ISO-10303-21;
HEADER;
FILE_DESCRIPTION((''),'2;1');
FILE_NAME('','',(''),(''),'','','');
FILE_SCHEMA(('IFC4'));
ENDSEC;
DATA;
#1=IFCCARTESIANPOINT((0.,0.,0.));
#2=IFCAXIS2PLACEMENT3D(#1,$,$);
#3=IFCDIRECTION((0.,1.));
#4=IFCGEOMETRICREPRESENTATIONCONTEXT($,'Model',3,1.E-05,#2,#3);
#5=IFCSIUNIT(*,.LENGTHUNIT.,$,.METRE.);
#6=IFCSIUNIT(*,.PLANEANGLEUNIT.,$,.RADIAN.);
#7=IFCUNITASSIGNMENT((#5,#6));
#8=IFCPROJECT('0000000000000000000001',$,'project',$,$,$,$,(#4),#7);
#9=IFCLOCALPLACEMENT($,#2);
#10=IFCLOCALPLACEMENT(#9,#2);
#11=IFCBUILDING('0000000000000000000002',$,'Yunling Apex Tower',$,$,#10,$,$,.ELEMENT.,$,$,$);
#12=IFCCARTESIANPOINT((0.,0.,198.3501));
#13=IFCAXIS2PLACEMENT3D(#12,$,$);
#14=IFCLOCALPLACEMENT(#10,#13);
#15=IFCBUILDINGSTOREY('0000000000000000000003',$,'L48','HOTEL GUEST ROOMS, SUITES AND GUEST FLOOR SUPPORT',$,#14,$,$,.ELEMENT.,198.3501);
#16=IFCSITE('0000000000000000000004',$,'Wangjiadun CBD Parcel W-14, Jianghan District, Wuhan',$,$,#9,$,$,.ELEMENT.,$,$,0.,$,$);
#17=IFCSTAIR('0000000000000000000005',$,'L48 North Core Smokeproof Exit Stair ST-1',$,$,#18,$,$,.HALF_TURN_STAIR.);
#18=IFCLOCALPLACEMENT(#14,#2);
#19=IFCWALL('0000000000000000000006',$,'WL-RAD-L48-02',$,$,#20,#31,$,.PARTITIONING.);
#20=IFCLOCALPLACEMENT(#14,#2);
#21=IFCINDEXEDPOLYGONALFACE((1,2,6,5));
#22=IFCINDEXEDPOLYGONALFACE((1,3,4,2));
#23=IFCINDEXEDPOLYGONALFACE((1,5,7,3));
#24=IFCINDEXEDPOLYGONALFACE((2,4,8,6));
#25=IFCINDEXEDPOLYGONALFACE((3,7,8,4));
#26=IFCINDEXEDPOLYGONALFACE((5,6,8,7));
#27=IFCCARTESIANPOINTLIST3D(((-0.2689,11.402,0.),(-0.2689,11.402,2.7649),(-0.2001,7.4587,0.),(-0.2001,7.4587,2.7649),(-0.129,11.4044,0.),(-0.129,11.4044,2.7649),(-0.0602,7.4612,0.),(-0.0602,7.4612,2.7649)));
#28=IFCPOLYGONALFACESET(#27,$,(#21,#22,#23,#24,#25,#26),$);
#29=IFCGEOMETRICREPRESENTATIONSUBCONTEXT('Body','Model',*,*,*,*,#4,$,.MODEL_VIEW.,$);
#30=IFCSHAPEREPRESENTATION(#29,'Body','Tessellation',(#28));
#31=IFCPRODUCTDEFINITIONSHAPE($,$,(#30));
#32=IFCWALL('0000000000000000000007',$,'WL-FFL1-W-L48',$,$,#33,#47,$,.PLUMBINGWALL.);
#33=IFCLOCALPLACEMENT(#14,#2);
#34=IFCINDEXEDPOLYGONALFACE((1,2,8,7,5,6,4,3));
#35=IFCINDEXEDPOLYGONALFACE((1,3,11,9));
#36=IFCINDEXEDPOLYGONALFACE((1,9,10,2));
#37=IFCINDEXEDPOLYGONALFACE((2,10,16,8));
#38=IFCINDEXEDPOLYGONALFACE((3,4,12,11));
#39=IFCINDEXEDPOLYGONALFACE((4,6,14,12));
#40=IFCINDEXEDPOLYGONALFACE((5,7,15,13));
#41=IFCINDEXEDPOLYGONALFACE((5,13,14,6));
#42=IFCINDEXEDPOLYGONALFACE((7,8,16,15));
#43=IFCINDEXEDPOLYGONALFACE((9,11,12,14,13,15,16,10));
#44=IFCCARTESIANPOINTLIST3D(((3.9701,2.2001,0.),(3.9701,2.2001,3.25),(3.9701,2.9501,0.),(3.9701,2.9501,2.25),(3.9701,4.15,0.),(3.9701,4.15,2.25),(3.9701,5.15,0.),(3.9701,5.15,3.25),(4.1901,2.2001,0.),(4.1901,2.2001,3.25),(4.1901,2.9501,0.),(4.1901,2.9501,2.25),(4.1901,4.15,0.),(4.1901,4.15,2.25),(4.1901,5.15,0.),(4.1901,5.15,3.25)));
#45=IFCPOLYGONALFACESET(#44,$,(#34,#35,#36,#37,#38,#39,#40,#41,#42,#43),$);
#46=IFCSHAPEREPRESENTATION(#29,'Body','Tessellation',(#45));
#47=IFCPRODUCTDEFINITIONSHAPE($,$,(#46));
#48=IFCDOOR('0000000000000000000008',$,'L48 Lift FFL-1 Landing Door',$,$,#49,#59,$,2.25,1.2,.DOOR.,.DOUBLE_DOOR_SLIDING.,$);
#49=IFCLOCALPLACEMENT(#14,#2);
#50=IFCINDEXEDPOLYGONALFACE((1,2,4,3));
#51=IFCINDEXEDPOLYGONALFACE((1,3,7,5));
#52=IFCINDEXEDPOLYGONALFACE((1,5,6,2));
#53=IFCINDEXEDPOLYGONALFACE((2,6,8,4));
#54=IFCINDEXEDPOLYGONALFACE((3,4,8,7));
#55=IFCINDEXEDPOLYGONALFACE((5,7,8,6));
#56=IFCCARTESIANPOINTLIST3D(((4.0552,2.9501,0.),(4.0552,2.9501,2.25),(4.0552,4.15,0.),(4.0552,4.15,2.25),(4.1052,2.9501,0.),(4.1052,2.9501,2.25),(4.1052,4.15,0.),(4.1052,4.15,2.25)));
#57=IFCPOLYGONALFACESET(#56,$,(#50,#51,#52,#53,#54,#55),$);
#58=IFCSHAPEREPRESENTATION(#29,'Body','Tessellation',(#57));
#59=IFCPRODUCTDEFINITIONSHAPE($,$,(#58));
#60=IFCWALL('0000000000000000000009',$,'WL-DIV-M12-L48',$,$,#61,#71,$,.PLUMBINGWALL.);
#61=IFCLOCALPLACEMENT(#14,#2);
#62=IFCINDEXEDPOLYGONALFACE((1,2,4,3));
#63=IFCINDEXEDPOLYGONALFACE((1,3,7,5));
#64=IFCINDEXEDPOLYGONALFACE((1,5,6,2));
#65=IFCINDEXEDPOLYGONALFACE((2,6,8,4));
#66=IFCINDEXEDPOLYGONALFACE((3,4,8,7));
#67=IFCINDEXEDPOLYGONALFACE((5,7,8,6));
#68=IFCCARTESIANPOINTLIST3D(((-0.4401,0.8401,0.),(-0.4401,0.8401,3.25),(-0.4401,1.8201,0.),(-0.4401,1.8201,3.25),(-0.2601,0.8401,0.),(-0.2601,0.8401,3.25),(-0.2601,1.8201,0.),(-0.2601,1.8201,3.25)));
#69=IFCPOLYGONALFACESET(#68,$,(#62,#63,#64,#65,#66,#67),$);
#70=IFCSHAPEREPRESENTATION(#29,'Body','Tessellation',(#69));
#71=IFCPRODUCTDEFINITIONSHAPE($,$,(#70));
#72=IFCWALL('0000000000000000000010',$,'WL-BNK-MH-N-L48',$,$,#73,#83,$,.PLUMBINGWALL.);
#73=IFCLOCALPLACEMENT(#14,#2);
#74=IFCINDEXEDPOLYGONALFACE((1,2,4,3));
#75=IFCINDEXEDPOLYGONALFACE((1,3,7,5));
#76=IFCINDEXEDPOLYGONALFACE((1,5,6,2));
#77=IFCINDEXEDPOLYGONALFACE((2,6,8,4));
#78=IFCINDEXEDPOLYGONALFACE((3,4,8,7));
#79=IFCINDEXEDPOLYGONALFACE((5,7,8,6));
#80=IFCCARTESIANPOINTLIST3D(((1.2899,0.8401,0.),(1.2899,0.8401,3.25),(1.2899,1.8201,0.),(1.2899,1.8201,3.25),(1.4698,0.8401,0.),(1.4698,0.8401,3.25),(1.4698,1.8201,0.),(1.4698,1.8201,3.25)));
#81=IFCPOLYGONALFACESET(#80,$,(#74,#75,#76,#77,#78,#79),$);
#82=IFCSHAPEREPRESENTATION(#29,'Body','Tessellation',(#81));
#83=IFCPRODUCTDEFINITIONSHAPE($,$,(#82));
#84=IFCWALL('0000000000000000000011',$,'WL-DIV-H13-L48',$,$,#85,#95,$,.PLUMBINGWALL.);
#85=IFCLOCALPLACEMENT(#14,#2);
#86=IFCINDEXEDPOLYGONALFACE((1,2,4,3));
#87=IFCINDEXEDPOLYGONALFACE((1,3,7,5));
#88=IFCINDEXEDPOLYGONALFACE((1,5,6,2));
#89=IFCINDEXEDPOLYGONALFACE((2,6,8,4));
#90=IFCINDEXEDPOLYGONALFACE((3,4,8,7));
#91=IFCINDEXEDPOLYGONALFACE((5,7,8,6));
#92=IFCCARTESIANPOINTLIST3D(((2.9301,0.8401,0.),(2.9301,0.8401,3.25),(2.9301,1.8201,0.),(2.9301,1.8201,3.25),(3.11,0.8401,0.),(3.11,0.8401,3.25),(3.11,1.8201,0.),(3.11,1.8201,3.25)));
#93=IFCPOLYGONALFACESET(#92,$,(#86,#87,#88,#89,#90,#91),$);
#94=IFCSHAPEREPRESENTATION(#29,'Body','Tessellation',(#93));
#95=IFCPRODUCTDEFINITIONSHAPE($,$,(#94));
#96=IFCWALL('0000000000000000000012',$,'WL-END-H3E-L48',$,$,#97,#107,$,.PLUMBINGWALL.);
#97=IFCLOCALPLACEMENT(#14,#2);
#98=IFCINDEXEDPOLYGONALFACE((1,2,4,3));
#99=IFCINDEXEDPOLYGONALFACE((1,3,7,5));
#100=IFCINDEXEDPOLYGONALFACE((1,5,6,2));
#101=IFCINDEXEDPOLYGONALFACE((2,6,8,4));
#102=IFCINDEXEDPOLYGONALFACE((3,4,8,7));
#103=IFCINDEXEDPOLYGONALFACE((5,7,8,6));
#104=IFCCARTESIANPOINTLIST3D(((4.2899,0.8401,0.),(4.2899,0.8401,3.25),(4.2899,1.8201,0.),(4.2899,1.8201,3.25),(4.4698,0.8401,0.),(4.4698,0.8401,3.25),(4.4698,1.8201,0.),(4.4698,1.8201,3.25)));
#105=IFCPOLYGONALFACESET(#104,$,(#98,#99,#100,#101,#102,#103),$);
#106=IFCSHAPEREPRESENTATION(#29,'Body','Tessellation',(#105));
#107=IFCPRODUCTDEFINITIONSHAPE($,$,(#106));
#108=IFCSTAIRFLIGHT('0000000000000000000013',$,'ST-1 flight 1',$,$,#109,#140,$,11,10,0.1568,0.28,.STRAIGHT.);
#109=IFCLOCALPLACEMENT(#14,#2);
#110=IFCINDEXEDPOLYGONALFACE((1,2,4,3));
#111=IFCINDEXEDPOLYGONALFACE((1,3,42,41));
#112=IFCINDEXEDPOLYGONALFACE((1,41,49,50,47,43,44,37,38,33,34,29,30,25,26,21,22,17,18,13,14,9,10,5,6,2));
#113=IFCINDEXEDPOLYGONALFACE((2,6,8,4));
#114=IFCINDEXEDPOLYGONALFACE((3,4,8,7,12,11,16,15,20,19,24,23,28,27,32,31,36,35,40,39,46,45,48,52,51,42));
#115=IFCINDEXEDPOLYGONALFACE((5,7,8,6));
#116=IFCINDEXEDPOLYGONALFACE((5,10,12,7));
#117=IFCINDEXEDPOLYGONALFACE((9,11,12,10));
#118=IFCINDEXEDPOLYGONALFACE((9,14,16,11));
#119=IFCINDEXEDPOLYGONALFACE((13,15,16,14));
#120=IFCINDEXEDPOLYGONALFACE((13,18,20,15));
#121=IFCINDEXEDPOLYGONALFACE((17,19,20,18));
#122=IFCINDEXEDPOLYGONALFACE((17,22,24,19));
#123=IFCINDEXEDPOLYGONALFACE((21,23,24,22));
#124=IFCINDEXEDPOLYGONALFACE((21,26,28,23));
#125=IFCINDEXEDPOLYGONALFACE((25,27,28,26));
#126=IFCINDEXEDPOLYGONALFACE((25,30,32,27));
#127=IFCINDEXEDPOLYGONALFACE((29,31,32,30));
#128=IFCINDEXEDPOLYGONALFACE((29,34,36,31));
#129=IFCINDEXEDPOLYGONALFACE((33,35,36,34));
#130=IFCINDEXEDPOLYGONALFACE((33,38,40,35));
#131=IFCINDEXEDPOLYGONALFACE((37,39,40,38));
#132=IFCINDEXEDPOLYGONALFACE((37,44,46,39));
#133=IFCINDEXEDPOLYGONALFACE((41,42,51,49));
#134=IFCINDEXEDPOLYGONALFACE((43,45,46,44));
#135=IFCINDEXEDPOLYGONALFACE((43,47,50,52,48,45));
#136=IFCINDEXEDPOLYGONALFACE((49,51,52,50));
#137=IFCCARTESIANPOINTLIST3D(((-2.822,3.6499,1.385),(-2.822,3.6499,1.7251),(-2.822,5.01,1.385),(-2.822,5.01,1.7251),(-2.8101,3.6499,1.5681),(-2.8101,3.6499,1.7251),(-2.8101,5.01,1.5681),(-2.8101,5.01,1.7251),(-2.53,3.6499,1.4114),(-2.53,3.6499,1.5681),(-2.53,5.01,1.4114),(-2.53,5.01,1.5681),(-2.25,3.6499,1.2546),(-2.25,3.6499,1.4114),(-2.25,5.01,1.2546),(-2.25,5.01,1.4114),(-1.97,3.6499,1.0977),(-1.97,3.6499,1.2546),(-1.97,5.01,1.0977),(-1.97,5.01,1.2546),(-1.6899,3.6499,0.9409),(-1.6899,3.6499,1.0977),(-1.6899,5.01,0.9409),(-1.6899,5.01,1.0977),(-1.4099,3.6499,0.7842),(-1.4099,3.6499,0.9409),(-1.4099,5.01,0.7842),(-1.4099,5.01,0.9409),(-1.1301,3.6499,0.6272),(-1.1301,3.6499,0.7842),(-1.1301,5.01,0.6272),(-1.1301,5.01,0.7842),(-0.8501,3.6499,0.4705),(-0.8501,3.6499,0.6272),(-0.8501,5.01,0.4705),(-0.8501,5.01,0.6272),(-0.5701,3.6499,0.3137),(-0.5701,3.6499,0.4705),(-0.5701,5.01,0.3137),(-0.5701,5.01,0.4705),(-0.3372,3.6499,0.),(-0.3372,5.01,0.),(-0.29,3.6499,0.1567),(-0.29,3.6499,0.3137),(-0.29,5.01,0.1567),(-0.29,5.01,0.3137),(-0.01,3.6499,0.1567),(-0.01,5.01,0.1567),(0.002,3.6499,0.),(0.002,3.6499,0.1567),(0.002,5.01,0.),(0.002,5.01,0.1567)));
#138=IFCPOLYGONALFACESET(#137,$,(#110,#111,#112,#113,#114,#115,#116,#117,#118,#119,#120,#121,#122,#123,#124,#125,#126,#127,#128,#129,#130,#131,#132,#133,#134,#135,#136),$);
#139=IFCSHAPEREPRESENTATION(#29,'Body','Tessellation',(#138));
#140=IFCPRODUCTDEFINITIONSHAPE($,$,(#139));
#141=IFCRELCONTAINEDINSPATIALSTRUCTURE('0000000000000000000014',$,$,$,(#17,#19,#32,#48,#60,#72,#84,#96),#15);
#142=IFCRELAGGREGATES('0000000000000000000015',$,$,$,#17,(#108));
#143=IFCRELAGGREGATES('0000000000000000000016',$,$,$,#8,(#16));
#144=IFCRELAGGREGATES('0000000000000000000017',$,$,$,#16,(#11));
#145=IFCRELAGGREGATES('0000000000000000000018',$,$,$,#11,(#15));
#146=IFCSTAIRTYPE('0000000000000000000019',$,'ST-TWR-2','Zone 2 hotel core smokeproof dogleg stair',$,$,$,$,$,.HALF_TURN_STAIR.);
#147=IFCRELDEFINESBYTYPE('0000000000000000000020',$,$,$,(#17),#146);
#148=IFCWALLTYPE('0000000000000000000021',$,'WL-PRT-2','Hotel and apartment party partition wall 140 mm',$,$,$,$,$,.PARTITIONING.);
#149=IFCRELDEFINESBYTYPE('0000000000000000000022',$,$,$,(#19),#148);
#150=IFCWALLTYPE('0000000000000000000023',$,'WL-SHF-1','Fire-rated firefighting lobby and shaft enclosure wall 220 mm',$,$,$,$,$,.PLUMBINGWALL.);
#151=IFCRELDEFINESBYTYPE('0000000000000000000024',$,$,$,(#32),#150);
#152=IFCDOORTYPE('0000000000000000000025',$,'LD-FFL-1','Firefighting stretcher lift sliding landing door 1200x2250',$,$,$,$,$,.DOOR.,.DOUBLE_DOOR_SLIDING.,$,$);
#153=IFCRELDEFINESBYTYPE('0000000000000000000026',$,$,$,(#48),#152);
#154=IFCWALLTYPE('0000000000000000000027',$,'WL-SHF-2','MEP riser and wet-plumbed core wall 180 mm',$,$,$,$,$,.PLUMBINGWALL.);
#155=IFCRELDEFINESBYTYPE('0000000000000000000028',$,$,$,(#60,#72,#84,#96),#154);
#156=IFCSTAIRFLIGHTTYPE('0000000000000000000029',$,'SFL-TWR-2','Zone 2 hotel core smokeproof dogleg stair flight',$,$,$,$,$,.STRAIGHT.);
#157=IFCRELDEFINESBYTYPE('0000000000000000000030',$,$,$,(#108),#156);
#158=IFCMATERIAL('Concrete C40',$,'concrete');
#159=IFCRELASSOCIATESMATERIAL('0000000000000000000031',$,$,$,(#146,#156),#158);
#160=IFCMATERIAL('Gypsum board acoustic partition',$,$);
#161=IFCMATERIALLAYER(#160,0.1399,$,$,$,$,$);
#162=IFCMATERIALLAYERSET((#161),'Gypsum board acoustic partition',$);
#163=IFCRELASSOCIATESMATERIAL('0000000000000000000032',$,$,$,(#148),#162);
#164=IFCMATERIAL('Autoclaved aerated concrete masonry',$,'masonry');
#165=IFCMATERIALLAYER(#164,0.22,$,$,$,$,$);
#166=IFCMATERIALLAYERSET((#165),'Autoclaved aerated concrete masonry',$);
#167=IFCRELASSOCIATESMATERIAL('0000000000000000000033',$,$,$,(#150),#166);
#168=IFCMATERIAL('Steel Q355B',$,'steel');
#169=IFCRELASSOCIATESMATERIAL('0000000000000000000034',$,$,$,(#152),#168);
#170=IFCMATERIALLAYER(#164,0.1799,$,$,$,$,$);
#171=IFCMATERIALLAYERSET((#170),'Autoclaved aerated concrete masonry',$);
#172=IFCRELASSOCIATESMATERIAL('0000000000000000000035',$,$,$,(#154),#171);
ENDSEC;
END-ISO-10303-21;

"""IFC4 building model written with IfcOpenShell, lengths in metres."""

from ifc_helpers import new_model, si_unit, direction, frame, frame_2d, origin, place, context, subcontext, project, spatial, polyline, rectangle, outline, extrude, material, layer, layer_set, type_object, element, fill, aggregate, save


model = new_model("IFC4")

# Units and contexts
model_context = context("Model", 3, precision=1e-05, world=origin(), true_north=direction((0.0, 1.0)))
body_context = subcontext(model_context, "Body", "Model", "MODEL_VIEW")
ifc_project = project(units=[si_unit("LENGTHUNIT", "METRE"), si_unit("PLANEANGLEUNIT", "RADIAN")], contexts=[model_context])

# Site, building, storey
site_placement = place(None, origin())
site = spatial("IfcSite", under=ifc_project, at=site_placement, Name="Wangjiadun CBD Parcel W-14, Jianghan District, Wuhan", CompositionType="ELEMENT", RefElevation=0.0)
building_placement = place(site_placement, origin())
building = spatial("IfcBuilding", under=site, at=building_placement, Name="Yunling Apex Tower", CompositionType="ELEMENT")
storey_placement = place(building_placement, frame((0.0, 0.0, 198.3501)))
storey = spatial("IfcBuildingStorey", under=building, at=storey_placement, Name="L48", Description="HOTEL GUEST ROOMS, SUITES AND GUEST FLOOR SUPPORT", CompositionType="ELEMENT", Elevation=198.3501)

# Shared definitions
ifc_material_1 = material(Name="Steel Q355B", Category="steel")

# Shared definitions
ifc_material_2 = material(Name="Concrete C40", Category="concrete")

# Stair
stair_type = type_object("IfcStairType", Name="ST-TWR-2", Description="Zone 2 hotel core smokeproof dogleg stair", PredefinedType="HALF_TURN_STAIR", material=ifc_material_2)
stair_1_placement = place(storey_placement, origin())
stair_1 = element("IfcStair", 1, at=stair_1_placement, inside=storey, type_object=stair_type, Name="L48 North Core Smokeproof Exit Stair ST-1", PredefinedType="HALF_TURN_STAIR")

# Wall
ifc_material_3 = material(Name="Gypsum board acoustic partition")
ifc_layer_1 = layer(ifc_material_3, 0.1399)
ifc_layer_set_1 = layer_set([ifc_layer_1], Name="Gypsum board acoustic partition")
wall_type_1 = type_object("IfcWallType", Name="WL-PRT-2", Description="Hotel and apartment party partition wall 140 mm", PredefinedType="PARTITIONING", material=ifc_layer_set_1)
wall_1_placement = place(storey_placement, frame((-0.1301, 7.46, 0.0), z_axis=(0.0, 0.0, 1.0), x_axis=(-0.017456, 0.999848, 0.0)))
element("IfcWall", 2, at=wall_1_placement, inside=storey, type_object=wall_type_1, Name="WL-RAD-L48-02", PredefinedType="PARTITIONING", context=body_context, shape_type="SweptSolid", body=[
    extrude(rectangle(XDim=3.9438, YDim=0.1399, at=frame_2d((1.9719, 0.0))), origin(), (0.0, 0.0, 1.0), 2.7649),
])

# Wall, opening, door
ifc_material_4 = material(Name="Autoclaved aerated concrete masonry", Category="masonry")
ifc_layer_2 = layer(ifc_material_4, 0.22)
ifc_layer_set_2 = layer_set([ifc_layer_2], Name="Autoclaved aerated concrete masonry")
wall_type_2 = type_object("IfcWallType", Name="WL-SHF-1", Description="Fire-rated firefighting lobby and shaft enclosure wall 220 mm", PredefinedType="PLUMBINGWALL", material=ifc_layer_set_2)
wall_2_placement = place(storey_placement, frame((4.0801, 2.2, 0.0), z_axis=(0.0, 0.0, 1.0), x_axis=(0.0, 1.0, 0.0)))
wall_2 = element("IfcWall", 3, at=wall_2_placement, inside=storey, type_object=wall_type_2, Name="WL-FFL1-W-L48", PredefinedType="PLUMBINGWALL", context=body_context, shape_type="SweptSolid", body=[
    extrude(rectangle(XDim=2.95, YDim=0.22, at=frame_2d((1.4751, 0.0))), origin(), (0.0, 0.0, 1.0), 3.25),
])
opening_1_placement = place(wall_2_placement, frame((0.75, 0.0, 0.0)))
opening_1 = element("IfcOpeningElement", 4, at=opening_1_placement, cuts=wall_2, PredefinedType="OPENING", context=body_context, shape_type="SweptSolid", body=[
    extrude(rectangle(XDim=1.2, YDim=2.25, at=frame_2d((0.6001, 1.125))), frame((0.0, 0.1201, 0.0), z_axis=(0.0, -1.0, 0.0), x_axis=(1.0, 0.0, 0.0)), (0.0, 0.0, 1.0), 0.24),
])
door_type_1 = type_object("IfcDoorType", Name="LD-FFL-1", Description="Firefighting stretcher lift sliding landing door 1200x2250", OperationType="DOUBLE_DOOR_SLIDING", PredefinedType="DOOR", material=ifc_material_1)
door_1_placement = place(opening_1_placement, origin())
door_1 = element("IfcDoor", 5, at=door_1_placement, inside=storey, type_object=door_type_1, Name="L48 Lift FFL-1 Landing Door", OperationType="DOUBLE_DOOR_SLIDING", OverallHeight=2.25, OverallWidth=1.2, PredefinedType="DOOR", context=body_context, shape_type="SweptSolid", body=[
    extrude(rectangle(XDim=1.2, YDim=2.25, at=frame_2d((0.6001, 1.125))), frame((0.0, 0.0249, 0.0), z_axis=(0.0, -1.0, 0.0), x_axis=(1.0, 0.0, 0.0)), (0.0, 0.0, 1.0), 0.05),
])
fill(opening_1, door_1)

# Walls
ifc_layer_3 = layer(ifc_material_4, 0.1799)
ifc_layer_set_3 = layer_set([ifc_layer_3], Name="Autoclaved aerated concrete masonry")
wall_type_3 = type_object("IfcWallType", Name="WL-SHF-2", Description="MEP riser and wet-plumbed core wall 180 mm", PredefinedType="PLUMBINGWALL", material=ifc_layer_set_3)
for number, where, z_axis, x_axis, name in (
    (6, (-0.3501, 0.8401, 0.0), (0.0, 0.0, 1.0), (0.0, 1.0, 0.0), "WL-DIV-M12-L48"),
    (7, (1.3799, 0.8401, 0.0), (0.0, 0.0, 1.0), (0.0, 1.0, 0.0), "WL-BNK-MH-N-L48"),
    (8, (3.02, 0.8401, 0.0), (0.0, 0.0, 1.0), (0.0, 1.0, 0.0), "WL-DIV-H13-L48"),
    (9, (4.3799, 0.8401, 0.0), (0.0, 0.0, 1.0), (0.0, 1.0, 0.0), "WL-END-H3E-L48"),
):
    element("IfcWall", number, at=place(storey_placement, frame(where, z_axis=z_axis, x_axis=x_axis)), inside=storey, type_object=wall_type_3, Name=name, PredefinedType="PLUMBINGWALL", context=body_context, shape_type="SweptSolid", body=[
        extrude(rectangle(XDim=0.98, YDim=0.1799, at=frame_2d((0.49, 0.0))), origin(), (0.0, 0.0, 1.0), 3.25),
    ])

# Stair flight
stair_flight_type = type_object("IfcStairFlightType", Name="SFL-TWR-2", Description="Zone 2 hotel core smokeproof dogleg stair flight", PredefinedType="STRAIGHT", material=ifc_material_2)
stair_flight_placement = place(storey_placement, frame((-0.01, 4.3301, 0.0), z_axis=(0.0, 0.0, 1.0), x_axis=(-1.0, 0.0, 0.0)))
stair_flight = element("IfcStairFlight", 10, at=stair_flight_placement, type_object=stair_flight_type, Name="ST-1 flight 1", NumberOfRisers=11, NumberOfTreads=10, PredefinedType="STRAIGHT", RiserHeight=0.1568, TreadLength=0.28, context=body_context, shape_type="SweptSolid", body=[
    extrude(outline(polyline([(-0.012, 0.0), (-0.012, 0.1567), (0.0, 0.1567), (0.28, 0.1567), (0.28, 0.3137), (0.5601, 0.3137), (0.5601, 0.4705), (0.8401, 0.4705), (0.8401, 0.6272), (1.1201, 0.6272), (1.1201, 0.7842), (1.3999, 0.7842), (1.3999, 0.9409), (1.6799, 0.9409), (1.6799, 1.0977), (1.96, 1.0977), (1.96, 1.2546), (2.24, 1.2546), (2.24, 1.4114), (2.52, 1.4114), (2.52, 1.5681), (2.8, 1.5681), (2.8, 1.7251), (2.812, 1.7251), (2.812, 1.385), (0.3271, 0.0), (-0.012, 0.0)])), frame((0.0, 0.6802, 0.0), z_axis=(0.0, -1.0, 0.0), x_axis=(1.0, 0.0, 0.0)), (0.0, 0.0, 1.0), 1.3601),
])
aggregate(stair_1, [stair_flight])

save(model, "model.ifc")
